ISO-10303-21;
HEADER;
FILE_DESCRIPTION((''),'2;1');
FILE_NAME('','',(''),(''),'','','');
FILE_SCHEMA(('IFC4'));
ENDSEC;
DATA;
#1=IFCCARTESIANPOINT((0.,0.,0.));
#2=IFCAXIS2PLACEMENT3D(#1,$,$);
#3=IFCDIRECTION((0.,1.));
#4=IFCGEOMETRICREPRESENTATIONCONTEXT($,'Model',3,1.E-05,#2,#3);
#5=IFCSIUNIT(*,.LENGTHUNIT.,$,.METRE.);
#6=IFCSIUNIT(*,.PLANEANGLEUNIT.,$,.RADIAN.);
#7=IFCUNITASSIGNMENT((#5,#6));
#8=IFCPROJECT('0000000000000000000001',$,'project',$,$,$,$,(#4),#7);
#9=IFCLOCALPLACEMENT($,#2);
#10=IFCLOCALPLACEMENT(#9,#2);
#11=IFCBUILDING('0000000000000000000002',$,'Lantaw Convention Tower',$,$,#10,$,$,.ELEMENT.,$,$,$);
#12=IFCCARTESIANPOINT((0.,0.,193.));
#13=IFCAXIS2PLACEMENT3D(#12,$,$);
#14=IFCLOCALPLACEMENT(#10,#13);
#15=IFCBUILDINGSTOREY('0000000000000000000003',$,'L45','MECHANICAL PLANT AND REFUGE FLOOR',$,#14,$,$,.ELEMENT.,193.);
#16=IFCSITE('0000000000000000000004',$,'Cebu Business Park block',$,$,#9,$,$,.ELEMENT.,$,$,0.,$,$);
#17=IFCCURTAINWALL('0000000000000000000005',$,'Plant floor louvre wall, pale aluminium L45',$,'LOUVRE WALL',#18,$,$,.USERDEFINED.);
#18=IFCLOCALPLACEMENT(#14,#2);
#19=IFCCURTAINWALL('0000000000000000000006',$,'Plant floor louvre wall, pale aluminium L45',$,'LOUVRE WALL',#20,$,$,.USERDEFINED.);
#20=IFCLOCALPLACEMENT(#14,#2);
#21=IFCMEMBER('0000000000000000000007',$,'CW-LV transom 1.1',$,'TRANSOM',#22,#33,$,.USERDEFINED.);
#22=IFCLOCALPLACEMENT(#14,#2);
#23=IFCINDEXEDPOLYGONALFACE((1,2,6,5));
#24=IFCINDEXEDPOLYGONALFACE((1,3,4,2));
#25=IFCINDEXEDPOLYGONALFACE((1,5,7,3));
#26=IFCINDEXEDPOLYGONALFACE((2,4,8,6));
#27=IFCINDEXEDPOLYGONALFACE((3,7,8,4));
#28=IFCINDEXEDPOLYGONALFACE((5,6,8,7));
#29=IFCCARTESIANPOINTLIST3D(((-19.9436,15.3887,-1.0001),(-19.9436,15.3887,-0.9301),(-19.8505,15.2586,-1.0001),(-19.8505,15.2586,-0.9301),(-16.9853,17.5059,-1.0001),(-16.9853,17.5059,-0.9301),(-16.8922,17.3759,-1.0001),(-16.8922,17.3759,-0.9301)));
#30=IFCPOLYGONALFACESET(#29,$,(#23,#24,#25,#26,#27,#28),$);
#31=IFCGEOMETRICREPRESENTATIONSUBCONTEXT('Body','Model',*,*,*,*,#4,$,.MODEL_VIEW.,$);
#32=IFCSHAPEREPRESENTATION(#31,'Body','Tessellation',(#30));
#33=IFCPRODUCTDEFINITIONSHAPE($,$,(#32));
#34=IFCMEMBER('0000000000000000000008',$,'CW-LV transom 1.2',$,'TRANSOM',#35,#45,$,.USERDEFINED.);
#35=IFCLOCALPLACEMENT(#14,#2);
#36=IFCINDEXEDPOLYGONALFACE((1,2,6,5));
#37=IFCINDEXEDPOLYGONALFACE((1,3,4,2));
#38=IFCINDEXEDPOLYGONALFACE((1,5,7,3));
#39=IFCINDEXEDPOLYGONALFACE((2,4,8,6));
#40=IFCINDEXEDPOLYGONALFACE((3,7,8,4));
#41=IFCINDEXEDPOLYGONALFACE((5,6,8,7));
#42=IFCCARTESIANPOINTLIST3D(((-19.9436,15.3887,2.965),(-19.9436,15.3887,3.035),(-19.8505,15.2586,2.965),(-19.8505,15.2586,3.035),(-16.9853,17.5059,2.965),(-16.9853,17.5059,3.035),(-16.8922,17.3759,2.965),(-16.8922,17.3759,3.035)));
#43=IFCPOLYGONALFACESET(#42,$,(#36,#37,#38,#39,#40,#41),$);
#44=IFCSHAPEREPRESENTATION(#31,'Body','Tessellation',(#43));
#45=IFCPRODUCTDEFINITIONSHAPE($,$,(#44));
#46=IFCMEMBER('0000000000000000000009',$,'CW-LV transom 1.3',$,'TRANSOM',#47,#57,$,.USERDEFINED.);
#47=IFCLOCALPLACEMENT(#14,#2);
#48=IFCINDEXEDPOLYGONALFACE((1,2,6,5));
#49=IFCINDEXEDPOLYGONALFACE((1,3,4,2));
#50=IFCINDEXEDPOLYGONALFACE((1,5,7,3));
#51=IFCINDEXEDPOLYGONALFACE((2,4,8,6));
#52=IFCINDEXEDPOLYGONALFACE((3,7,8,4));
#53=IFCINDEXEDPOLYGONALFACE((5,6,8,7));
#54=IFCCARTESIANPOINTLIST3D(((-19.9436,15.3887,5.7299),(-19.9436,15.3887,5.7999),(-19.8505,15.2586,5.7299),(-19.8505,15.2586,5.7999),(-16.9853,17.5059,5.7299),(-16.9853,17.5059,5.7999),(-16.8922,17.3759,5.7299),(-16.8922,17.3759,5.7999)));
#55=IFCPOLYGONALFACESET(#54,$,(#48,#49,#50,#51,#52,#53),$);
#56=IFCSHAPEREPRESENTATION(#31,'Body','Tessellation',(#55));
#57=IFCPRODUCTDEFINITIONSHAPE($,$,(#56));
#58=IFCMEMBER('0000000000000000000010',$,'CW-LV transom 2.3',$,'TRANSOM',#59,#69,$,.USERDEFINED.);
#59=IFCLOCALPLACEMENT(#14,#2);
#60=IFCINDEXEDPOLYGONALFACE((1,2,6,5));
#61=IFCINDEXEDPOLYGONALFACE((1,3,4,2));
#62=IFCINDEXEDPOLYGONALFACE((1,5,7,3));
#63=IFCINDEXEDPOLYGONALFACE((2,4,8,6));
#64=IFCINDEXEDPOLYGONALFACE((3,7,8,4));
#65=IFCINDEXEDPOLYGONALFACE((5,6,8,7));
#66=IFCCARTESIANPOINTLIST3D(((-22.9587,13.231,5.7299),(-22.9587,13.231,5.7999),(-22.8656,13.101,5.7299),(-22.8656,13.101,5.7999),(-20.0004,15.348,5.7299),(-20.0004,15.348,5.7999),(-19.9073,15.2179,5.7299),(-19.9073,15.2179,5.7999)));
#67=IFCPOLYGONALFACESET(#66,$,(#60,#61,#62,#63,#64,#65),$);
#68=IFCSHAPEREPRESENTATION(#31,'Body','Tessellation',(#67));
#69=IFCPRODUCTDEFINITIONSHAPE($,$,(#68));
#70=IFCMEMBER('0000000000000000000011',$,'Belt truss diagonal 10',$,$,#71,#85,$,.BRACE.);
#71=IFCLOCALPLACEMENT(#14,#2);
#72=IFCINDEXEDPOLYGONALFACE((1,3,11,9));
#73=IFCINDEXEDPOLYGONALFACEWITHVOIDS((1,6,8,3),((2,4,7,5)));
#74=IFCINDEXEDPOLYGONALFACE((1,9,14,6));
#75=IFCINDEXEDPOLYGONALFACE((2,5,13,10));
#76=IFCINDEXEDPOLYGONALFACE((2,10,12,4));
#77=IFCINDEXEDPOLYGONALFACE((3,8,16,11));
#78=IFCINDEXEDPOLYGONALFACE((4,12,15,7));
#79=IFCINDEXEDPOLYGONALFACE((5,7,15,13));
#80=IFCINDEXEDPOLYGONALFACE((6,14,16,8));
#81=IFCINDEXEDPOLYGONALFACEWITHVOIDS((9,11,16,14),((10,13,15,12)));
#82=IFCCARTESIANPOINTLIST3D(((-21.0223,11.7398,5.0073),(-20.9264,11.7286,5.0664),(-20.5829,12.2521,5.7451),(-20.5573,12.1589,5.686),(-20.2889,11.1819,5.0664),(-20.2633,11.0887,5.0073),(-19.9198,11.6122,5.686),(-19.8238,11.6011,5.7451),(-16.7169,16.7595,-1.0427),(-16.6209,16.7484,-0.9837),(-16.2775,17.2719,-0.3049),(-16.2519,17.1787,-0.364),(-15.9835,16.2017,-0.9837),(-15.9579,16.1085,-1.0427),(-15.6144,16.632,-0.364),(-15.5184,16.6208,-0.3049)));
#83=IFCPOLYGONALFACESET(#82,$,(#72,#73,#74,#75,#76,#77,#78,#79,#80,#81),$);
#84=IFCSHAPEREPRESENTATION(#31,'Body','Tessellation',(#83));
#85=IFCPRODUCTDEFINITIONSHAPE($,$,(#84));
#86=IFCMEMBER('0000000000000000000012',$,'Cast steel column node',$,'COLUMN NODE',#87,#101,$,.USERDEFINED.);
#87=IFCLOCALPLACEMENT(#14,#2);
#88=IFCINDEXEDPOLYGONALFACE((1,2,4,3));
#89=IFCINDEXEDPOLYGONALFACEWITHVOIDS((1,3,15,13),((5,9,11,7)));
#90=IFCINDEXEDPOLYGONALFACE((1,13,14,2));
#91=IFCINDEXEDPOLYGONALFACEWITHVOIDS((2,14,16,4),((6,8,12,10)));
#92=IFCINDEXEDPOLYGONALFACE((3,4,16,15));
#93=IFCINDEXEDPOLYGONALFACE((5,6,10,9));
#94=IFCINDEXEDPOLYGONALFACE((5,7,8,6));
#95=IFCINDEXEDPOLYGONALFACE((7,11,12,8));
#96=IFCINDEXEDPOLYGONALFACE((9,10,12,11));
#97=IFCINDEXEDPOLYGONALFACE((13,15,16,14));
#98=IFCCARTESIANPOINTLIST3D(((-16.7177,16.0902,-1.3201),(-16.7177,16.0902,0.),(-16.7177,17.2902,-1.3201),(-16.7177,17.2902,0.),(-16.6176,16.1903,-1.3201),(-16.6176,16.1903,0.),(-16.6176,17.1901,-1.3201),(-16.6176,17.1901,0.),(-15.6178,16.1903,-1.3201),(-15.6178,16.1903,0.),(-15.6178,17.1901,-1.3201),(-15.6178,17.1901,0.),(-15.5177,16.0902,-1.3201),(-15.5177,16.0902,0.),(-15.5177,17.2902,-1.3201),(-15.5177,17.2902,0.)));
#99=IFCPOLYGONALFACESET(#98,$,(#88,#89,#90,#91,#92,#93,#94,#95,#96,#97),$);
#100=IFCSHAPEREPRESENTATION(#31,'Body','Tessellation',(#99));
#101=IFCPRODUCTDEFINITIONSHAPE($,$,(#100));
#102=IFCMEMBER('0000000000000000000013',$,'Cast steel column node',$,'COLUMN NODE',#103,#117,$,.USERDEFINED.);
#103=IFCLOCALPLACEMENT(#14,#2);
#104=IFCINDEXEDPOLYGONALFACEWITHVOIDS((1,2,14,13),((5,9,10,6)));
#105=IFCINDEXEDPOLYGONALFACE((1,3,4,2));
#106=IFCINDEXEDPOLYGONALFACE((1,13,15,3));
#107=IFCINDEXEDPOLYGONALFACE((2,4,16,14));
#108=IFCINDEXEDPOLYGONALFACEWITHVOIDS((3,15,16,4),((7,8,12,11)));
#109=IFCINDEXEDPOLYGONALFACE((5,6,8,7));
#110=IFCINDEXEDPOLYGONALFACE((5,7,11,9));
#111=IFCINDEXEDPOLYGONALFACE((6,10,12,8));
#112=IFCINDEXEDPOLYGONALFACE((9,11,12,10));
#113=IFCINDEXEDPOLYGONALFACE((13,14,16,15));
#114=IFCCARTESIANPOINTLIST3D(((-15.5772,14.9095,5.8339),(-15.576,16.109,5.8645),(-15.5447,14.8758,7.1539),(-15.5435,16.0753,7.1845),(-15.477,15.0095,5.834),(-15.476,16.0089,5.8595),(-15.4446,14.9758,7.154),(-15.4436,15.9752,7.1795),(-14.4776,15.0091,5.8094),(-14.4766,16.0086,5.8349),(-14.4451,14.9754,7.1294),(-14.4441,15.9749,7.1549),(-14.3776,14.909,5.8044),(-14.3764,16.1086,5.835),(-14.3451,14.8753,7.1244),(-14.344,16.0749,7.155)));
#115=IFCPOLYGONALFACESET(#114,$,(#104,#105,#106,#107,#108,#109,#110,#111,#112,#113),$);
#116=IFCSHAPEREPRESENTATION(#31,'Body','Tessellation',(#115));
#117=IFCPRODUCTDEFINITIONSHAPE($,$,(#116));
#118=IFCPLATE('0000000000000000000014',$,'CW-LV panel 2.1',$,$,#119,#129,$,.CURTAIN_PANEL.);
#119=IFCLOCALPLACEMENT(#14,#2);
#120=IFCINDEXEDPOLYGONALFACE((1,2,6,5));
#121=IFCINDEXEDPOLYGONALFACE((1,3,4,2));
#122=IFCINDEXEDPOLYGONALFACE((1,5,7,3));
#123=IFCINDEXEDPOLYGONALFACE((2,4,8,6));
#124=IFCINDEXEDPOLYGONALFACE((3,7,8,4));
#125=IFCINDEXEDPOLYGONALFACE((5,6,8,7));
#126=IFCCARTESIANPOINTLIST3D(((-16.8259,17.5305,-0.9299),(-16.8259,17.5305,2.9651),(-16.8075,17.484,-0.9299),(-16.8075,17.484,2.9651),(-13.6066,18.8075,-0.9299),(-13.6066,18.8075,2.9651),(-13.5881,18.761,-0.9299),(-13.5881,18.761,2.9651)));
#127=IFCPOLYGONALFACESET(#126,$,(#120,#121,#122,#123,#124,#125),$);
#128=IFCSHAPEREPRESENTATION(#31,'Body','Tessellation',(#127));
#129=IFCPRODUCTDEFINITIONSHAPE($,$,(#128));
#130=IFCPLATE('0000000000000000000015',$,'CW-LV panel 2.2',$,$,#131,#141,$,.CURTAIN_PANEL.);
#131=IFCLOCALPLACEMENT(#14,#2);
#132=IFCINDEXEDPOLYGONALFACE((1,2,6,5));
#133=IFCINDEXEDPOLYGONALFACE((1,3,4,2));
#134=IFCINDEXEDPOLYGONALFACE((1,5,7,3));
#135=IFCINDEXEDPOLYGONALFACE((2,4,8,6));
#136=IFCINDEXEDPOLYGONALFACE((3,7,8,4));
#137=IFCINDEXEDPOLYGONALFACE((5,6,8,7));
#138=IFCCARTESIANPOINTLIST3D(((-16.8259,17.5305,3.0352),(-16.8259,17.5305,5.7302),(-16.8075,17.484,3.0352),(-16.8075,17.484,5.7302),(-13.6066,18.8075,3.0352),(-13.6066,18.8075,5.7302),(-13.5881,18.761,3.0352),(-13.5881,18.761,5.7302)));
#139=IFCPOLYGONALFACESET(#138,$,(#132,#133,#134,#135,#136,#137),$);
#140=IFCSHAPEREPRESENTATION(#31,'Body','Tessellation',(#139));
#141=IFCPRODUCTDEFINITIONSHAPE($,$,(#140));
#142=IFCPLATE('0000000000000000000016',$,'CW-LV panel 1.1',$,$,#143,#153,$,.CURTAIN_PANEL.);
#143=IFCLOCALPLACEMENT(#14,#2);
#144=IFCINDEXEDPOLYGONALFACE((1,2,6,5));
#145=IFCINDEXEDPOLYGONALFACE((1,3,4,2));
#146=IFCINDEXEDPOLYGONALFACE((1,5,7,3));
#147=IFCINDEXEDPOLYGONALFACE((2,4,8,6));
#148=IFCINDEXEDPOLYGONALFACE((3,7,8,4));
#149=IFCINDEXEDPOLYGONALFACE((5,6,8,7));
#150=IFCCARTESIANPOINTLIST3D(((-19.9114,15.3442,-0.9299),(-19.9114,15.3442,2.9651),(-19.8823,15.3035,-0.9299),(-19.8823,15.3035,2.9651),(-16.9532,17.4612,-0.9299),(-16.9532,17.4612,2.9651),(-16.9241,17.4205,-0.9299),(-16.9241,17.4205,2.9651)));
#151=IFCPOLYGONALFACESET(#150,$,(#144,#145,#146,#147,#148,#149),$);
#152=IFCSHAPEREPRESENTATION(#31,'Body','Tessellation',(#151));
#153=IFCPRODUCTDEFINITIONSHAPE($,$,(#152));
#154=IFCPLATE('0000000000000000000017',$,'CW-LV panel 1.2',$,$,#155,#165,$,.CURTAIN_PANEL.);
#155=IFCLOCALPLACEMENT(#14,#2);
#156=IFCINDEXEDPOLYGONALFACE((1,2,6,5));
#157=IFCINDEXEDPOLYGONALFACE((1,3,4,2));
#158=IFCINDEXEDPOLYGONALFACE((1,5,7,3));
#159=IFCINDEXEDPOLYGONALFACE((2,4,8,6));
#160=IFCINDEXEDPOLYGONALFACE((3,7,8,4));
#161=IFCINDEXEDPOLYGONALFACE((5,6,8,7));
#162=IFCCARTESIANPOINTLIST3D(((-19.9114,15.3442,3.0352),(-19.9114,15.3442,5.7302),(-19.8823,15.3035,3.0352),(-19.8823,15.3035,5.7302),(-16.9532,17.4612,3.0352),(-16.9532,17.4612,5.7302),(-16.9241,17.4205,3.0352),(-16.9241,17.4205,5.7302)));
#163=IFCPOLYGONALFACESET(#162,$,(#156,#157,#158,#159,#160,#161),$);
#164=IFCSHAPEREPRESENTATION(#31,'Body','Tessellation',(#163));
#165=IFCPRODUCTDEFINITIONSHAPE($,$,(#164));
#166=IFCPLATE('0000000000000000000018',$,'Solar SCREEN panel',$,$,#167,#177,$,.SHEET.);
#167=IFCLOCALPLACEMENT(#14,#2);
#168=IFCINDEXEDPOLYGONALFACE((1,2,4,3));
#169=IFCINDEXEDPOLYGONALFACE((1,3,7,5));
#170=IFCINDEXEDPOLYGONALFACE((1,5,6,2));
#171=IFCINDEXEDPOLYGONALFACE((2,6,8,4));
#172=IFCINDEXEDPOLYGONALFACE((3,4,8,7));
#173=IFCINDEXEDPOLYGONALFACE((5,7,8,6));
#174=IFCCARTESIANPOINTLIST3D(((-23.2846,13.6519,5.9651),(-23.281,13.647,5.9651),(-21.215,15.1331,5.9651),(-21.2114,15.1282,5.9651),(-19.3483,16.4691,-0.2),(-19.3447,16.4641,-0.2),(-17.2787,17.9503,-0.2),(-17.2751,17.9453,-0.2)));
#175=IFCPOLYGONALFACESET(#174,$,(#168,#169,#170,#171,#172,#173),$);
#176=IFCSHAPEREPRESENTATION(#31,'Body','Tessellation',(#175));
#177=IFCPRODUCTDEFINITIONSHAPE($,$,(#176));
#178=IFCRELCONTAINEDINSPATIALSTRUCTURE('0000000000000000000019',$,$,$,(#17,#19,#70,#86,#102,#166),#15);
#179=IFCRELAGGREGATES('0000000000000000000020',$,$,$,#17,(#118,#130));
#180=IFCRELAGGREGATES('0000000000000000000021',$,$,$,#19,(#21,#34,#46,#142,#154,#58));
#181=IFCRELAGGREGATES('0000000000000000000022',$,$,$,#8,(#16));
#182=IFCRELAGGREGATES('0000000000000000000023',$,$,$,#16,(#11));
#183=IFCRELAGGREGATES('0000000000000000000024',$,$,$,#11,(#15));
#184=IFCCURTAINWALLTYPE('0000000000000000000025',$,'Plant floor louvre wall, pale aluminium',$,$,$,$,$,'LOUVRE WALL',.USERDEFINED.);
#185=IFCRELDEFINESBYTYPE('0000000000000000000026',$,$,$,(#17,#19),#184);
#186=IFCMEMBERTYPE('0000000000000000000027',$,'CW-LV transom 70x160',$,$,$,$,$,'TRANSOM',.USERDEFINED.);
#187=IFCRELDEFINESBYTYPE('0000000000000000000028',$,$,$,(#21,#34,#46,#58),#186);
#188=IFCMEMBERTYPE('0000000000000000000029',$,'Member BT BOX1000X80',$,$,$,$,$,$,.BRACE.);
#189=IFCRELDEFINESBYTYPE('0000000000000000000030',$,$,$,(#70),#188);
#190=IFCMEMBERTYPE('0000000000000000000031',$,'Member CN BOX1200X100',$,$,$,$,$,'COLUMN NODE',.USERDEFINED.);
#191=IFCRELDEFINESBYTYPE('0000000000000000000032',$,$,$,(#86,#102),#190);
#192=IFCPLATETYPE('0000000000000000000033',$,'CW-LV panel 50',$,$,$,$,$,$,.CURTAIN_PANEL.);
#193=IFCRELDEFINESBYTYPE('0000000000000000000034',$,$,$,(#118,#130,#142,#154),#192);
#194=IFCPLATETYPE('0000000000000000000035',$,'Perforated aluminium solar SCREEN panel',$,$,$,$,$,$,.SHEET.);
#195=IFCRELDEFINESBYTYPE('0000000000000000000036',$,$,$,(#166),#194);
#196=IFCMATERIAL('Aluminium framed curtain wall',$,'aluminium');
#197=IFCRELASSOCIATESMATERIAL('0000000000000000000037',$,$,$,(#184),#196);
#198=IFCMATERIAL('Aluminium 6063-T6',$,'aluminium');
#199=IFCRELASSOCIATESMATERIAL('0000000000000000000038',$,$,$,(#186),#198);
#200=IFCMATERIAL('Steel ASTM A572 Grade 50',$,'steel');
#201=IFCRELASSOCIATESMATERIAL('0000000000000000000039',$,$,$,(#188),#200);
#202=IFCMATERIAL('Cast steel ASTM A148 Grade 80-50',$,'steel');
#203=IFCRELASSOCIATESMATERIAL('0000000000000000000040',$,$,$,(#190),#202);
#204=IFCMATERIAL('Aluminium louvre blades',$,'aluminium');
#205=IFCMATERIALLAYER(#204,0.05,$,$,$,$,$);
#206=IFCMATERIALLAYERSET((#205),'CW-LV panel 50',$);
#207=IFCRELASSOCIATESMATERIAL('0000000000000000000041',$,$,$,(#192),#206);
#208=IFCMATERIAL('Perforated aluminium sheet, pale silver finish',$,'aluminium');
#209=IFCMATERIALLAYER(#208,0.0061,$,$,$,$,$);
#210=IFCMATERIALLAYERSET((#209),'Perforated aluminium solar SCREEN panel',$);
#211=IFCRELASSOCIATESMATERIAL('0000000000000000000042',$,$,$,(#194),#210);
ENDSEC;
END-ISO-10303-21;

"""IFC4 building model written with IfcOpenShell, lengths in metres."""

from ifc_helpers import new_model, si_unit, direction, frame, origin, origin_2d, place, context, subcontext, project, spatial, polyline, rectangle, hollow_rectangle, outline, extrude, material, layer, layer_set, material_profile, profile_set, type_object, element, aggregate, save


model = new_model("IFC4")

# Units and contexts
model_context = context("Model", 3, precision=1e-05, world=origin(), true_north=direction((0.0, 1.0)))
body_context = subcontext(model_context, "Body", "Model", "MODEL_VIEW")
ifc_project = project(units=[si_unit("LENGTHUNIT", "METRE"), si_unit("PLANEANGLEUNIT", "RADIAN")], contexts=[model_context])

# Site, building, storey
site_placement = place(None, origin())
site = spatial("IfcSite", under=ifc_project, at=site_placement, Name="Cebu Business Park block", CompositionType="ELEMENT", RefElevation=0.0)
building_placement = place(site_placement, origin())
building = spatial("IfcBuilding", under=site, at=building_placement, Name="Lantaw Convention Tower", CompositionType="ELEMENT")
storey_placement = place(building_placement, frame((0.0, 0.0, 193.0)))
storey = spatial("IfcBuildingStorey", under=building, at=storey_placement, Name="L45", Description="MECHANICAL PLANT AND REFUGE FLOOR", CompositionType="ELEMENT", Elevation=193.0)

# Shared definitions
ifc_material_1 = material(Name="Steel ASTM A572 Grade 50", Category="steel")

# Curtain wall
ifc_material_2 = material(Name="Aluminium framed curtain wall", Category="aluminium")
curtain_wall_type = type_object("IfcCurtainWallType", Name="Plant floor louvre wall, pale aluminium", ElementType="LOUVRE WALL", PredefinedType="USERDEFINED", material=ifc_material_2)
curtain_wall_1_placement = place(storey_placement, origin())
curtain_wall_1 = element("IfcCurtainWall", 1, at=curtain_wall_1_placement, inside=storey, type_object=curtain_wall_type, Name="Plant floor louvre wall, pale aluminium L45", ObjectType="LOUVRE WALL", PredefinedType="USERDEFINED")
ifc_material_3 = material(Name="Aluminium 6063-T6", Category="aluminium")

# Curtain wall, members
curtain_wall_2_placement = place(storey_placement, origin())
curtain_wall_2 = element("IfcCurtainWall", 2, at=curtain_wall_2_placement, inside=storey, type_object=curtain_wall_type, Name="Plant floor louvre wall, pale aluminium L45", ObjectType="LOUVRE WALL", PredefinedType="USERDEFINED")
ifc_material_profile_1 = material_profile(ifc_material_3, rectangle(XDim=0.1599, YDim=0.0701, at=origin_2d()), Name="CW-LV transom 70x160")
ifc_profile_set_1 = profile_set([ifc_material_profile_1], Name="Aluminium 6063-T6")
member_type_1 = type_object("IfcMemberType", Name="CW-LV transom 70x160", ElementType="TRANSOM", PredefinedType="USERDEFINED", material=ifc_profile_set_1)
member_1_placement = place(storey_placement, frame((-16.9387, 17.4409, -0.9651), z_axis=(-0.813194, -0.581993, 0.0), x_axis=(0.581993, -0.813194, 0.0)))
member_1 = element("IfcMember", 3, at=member_1_placement, type_object=member_type_1, Name="CW-LV transom 1.1", ObjectType="TRANSOM", PredefinedType="USERDEFINED", context=body_context, shape_type="SweptSolid", body=[
    extrude(rectangle(XDim=0.1599, YDim=0.0701, at=origin_2d()), origin(), (0.0, 0.0, 1.0), 3.6379),
])
member_2_placement = place(storey_placement, frame((-16.9387, 17.4409, 3.0), z_axis=(-0.813194, -0.581993, 0.0), x_axis=(0.581993, -0.813194, 0.0)))
member_2 = element("IfcMember", 4, at=member_2_placement, type_object=member_type_1, Name="CW-LV transom 1.2", ObjectType="TRANSOM", PredefinedType="USERDEFINED", context=body_context, shape_type="SweptSolid", body=[
    extrude(rectangle(XDim=0.1599, YDim=0.0701, at=origin_2d()), origin(), (0.0, 0.0, 1.0), 3.6379),
])
member_3_placement = place(storey_placement, frame((-16.9387, 17.4409, 5.7649), z_axis=(-0.813194, -0.581993, 0.0), x_axis=(0.581993, -0.813194, 0.0)))
member_3 = element("IfcMember", 5, at=member_3_placement, type_object=member_type_1, Name="CW-LV transom 1.3", ObjectType="TRANSOM", PredefinedType="USERDEFINED", context=body_context, shape_type="SweptSolid", body=[
    extrude(rectangle(XDim=0.1599, YDim=0.0701, at=origin_2d()), origin(), (0.0, 0.0, 1.0), 3.6379),
])
member_4_placement = place(storey_placement, frame((-19.9539, 15.283, 5.7649), z_axis=(-0.813225, -0.581949, 0.0), x_axis=(0.581949, -0.813225, 0.0)))
member_4 = element("IfcMember", 6, at=member_4_placement, type_object=member_type_1, Name="CW-LV transom 2.3", ObjectType="TRANSOM", PredefinedType="USERDEFINED", context=body_context, shape_type="SweptSolid", body=[
    extrude(rectangle(XDim=0.1599, YDim=0.0701, at=origin_2d()), origin(), (0.0, 0.0, 1.0), 3.6377),
])

# Members
ifc_material_profile_2 = material_profile(ifc_material_1, hollow_rectangle(XDim=1.0, YDim=1.0, WallThickness=0.0801, at=origin_2d()), Name="BOX1000X80")
ifc_profile_set_2 = profile_set([ifc_material_profile_2], Name="Steel ASTM A572 Grade 50")
member_type_2 = type_object("IfcMemberType", Name="Member BT BOX1000X80", PredefinedType="BRACE", material=ifc_profile_set_2)
member_5_placement = place(storey_placement, frame((-16.1177, 16.6902, -0.6738), z_axis=(-0.480347, -0.560047, 0.674992), x_axis=(0.759051, -0.651032, 0.0)))
element("IfcMember", 7, at=member_5_placement, inside=storey, type_object=member_type_2, Name="Belt truss diagonal 10", PredefinedType="BRACE", context=body_context, shape_type="SweptSolid", body=[
    extrude(hollow_rectangle(XDim=1.0, YDim=1.0, WallThickness=0.0801, at=origin_2d()), origin(), (0.0, 0.0, 1.0), 8.9631),
])
ifc_material_4 = material(Name="Cast steel ASTM A148 Grade 80-50", Category="steel")
ifc_material_profile_3 = material_profile(ifc_material_4, hollow_rectangle(XDim=1.2, YDim=1.2, WallThickness=0.1001, at=origin_2d()), Name="BOX1200X100")
ifc_profile_set_3 = profile_set([ifc_material_profile_3], Name="Cast steel ASTM A148 Grade 80-50")
member_type_3 = type_object("IfcMemberType", Name="Member CN BOX1200X100", ElementType="COLUMN NODE", PredefinedType="USERDEFINED", material=ifc_profile_set_3)
member_6_placement = place(storey_placement, frame((-16.1177, 16.6902, -1.3201), z_axis=(0.0, 0.0, 1.0), x_axis=(1.0, 0.0, 0.0)))
element("IfcMember", 8, at=member_6_placement, inside=storey, type_object=member_type_3, Name="Cast steel column node", ObjectType="COLUMN NODE", PredefinedType="USERDEFINED", context=body_context, shape_type="SweptSolid", body=[
    extrude(hollow_rectangle(XDim=1.2, YDim=1.2, WallThickness=0.1001, at=origin_2d()), origin(), (0.0, 0.0, 1.0), 1.3201),
])
member_7_placement = place(storey_placement, frame((-14.9768, 15.509, 5.8345), z_axis=(0.024582, -0.025506, 0.999372), x_axis=(0.999697, -0.000359, -0.024599)))
element("IfcMember", 9, at=member_7_placement, inside=storey, type_object=member_type_3, Name="Cast steel column node", ObjectType="COLUMN NODE", PredefinedType="USERDEFINED", context=body_context, shape_type="SweptSolid", body=[
    extrude(hollow_rectangle(XDim=1.2, YDim=1.2, WallThickness=0.1001, at=origin_2d()), origin(), (0.0, 0.0, 1.0), 1.3208),
])

# Plates
ifc_material_5 = material(Name="Aluminium louvre blades", Category="aluminium")
ifc_layer_1 = layer(ifc_material_5, 0.05)
ifc_layer_set_1 = layer_set([ifc_layer_1], Name="CW-LV panel 50")
plate_type_1 = type_object("IfcPlateType", Name="CW-LV panel 50", PredefinedType="CURTAIN_PANEL", material=ifc_layer_set_1)
plate_1_placement = place(storey_placement, frame((-15.207, 18.1458, -0.9299), z_axis=(0.0, 0.0, 1.0), x_axis=(-0.929548, -0.368702, 0.0)))
plate_1 = element("IfcPlate", 10, at=plate_1_placement, type_object=plate_type_1, Name="CW-LV panel 2.1", PredefinedType="CURTAIN_PANEL", context=body_context, shape_type="SweptSolid", body=[
    extrude(rectangle(XDim=3.4634, YDim=0.05, at=origin_2d()), origin(), (0.0, 0.0, 1.0), 3.895),
])
plate_2_placement = place(storey_placement, frame((-15.207, 18.1458, 3.0352), z_axis=(0.0, 0.0, 1.0), x_axis=(-0.929548, -0.368702, 0.0)))
plate_2 = element("IfcPlate", 11, at=plate_2_placement, type_object=plate_type_1, Name="CW-LV panel 2.2", PredefinedType="CURTAIN_PANEL", context=body_context, shape_type="SweptSolid", body=[
    extrude(rectangle(XDim=3.4634, YDim=0.05, at=origin_2d()), origin(), (0.0, 0.0, 1.0), 2.6951),
])
aggregate(curtain_wall_1, [plate_1, plate_2])
plate_3_placement = place(storey_placement, frame((-18.4177, 16.3823, -0.9299), z_axis=(0.0, 0.0, 1.0), x_axis=(-0.813208, -0.581973, 0.0)))
plate_3 = element("IfcPlate", 12, at=plate_3_placement, type_object=plate_type_1, Name="CW-LV panel 1.1", PredefinedType="CURTAIN_PANEL", context=body_context, shape_type="SweptSolid", body=[
    extrude(rectangle(XDim=3.6377, YDim=0.05, at=origin_2d()), origin(), (0.0, 0.0, 1.0), 3.895),
])
plate_4_placement = place(storey_placement, frame((-18.4177, 16.3823, 3.0352), z_axis=(0.0, 0.0, 1.0), x_axis=(-0.813208, -0.581973, 0.0)))
plate_4 = element("IfcPlate", 13, at=plate_4_placement, type_object=plate_type_1, Name="CW-LV panel 1.2", PredefinedType="CURTAIN_PANEL", context=body_context, shape_type="SweptSolid", body=[
    extrude(rectangle(XDim=3.6377, YDim=0.05, at=origin_2d()), origin(), (0.0, 0.0, 1.0), 2.6951),
])
aggregate(curtain_wall_2, [member_1, member_2, member_3, plate_3, plate_4, member_4])
ifc_material_6 = material(Name="Perforated aluminium sheet, pale silver finish", Category="aluminium")
ifc_layer_2 = layer(ifc_material_6, 0.0061)
ifc_layer_set_2 = layer_set([ifc_layer_2], Name="Perforated aluminium solar SCREEN panel")
plate_type_2 = type_object("IfcPlateType", Name="Perforated aluminium solar SCREEN panel", PredefinedType="SHEET", material=ifc_layer_set_2)
plate_5_placement = place(storey_placement, frame((-17.2751, 17.9453, -0.2), z_axis=(0.582, -0.813189, 0.000008), x_axis=(-0.813189, -0.582, 0.0)))
element("IfcPlate", 14, at=plate_5_placement, inside=storey, type_object=plate_type_2, Name="Solar SCREEN panel", PredefinedType="SHEET", context=body_context, shape_type="SweptSolid", body=[
    extrude(outline(polyline([(0.0, 0.0), (2.545, 0.0), (7.3855, -6.165), (4.8405, -6.165), (0.0, 0.0)])), origin(), (0.0, 0.0, -1.0), 0.0061),
])

save(model, "model.ifc")
